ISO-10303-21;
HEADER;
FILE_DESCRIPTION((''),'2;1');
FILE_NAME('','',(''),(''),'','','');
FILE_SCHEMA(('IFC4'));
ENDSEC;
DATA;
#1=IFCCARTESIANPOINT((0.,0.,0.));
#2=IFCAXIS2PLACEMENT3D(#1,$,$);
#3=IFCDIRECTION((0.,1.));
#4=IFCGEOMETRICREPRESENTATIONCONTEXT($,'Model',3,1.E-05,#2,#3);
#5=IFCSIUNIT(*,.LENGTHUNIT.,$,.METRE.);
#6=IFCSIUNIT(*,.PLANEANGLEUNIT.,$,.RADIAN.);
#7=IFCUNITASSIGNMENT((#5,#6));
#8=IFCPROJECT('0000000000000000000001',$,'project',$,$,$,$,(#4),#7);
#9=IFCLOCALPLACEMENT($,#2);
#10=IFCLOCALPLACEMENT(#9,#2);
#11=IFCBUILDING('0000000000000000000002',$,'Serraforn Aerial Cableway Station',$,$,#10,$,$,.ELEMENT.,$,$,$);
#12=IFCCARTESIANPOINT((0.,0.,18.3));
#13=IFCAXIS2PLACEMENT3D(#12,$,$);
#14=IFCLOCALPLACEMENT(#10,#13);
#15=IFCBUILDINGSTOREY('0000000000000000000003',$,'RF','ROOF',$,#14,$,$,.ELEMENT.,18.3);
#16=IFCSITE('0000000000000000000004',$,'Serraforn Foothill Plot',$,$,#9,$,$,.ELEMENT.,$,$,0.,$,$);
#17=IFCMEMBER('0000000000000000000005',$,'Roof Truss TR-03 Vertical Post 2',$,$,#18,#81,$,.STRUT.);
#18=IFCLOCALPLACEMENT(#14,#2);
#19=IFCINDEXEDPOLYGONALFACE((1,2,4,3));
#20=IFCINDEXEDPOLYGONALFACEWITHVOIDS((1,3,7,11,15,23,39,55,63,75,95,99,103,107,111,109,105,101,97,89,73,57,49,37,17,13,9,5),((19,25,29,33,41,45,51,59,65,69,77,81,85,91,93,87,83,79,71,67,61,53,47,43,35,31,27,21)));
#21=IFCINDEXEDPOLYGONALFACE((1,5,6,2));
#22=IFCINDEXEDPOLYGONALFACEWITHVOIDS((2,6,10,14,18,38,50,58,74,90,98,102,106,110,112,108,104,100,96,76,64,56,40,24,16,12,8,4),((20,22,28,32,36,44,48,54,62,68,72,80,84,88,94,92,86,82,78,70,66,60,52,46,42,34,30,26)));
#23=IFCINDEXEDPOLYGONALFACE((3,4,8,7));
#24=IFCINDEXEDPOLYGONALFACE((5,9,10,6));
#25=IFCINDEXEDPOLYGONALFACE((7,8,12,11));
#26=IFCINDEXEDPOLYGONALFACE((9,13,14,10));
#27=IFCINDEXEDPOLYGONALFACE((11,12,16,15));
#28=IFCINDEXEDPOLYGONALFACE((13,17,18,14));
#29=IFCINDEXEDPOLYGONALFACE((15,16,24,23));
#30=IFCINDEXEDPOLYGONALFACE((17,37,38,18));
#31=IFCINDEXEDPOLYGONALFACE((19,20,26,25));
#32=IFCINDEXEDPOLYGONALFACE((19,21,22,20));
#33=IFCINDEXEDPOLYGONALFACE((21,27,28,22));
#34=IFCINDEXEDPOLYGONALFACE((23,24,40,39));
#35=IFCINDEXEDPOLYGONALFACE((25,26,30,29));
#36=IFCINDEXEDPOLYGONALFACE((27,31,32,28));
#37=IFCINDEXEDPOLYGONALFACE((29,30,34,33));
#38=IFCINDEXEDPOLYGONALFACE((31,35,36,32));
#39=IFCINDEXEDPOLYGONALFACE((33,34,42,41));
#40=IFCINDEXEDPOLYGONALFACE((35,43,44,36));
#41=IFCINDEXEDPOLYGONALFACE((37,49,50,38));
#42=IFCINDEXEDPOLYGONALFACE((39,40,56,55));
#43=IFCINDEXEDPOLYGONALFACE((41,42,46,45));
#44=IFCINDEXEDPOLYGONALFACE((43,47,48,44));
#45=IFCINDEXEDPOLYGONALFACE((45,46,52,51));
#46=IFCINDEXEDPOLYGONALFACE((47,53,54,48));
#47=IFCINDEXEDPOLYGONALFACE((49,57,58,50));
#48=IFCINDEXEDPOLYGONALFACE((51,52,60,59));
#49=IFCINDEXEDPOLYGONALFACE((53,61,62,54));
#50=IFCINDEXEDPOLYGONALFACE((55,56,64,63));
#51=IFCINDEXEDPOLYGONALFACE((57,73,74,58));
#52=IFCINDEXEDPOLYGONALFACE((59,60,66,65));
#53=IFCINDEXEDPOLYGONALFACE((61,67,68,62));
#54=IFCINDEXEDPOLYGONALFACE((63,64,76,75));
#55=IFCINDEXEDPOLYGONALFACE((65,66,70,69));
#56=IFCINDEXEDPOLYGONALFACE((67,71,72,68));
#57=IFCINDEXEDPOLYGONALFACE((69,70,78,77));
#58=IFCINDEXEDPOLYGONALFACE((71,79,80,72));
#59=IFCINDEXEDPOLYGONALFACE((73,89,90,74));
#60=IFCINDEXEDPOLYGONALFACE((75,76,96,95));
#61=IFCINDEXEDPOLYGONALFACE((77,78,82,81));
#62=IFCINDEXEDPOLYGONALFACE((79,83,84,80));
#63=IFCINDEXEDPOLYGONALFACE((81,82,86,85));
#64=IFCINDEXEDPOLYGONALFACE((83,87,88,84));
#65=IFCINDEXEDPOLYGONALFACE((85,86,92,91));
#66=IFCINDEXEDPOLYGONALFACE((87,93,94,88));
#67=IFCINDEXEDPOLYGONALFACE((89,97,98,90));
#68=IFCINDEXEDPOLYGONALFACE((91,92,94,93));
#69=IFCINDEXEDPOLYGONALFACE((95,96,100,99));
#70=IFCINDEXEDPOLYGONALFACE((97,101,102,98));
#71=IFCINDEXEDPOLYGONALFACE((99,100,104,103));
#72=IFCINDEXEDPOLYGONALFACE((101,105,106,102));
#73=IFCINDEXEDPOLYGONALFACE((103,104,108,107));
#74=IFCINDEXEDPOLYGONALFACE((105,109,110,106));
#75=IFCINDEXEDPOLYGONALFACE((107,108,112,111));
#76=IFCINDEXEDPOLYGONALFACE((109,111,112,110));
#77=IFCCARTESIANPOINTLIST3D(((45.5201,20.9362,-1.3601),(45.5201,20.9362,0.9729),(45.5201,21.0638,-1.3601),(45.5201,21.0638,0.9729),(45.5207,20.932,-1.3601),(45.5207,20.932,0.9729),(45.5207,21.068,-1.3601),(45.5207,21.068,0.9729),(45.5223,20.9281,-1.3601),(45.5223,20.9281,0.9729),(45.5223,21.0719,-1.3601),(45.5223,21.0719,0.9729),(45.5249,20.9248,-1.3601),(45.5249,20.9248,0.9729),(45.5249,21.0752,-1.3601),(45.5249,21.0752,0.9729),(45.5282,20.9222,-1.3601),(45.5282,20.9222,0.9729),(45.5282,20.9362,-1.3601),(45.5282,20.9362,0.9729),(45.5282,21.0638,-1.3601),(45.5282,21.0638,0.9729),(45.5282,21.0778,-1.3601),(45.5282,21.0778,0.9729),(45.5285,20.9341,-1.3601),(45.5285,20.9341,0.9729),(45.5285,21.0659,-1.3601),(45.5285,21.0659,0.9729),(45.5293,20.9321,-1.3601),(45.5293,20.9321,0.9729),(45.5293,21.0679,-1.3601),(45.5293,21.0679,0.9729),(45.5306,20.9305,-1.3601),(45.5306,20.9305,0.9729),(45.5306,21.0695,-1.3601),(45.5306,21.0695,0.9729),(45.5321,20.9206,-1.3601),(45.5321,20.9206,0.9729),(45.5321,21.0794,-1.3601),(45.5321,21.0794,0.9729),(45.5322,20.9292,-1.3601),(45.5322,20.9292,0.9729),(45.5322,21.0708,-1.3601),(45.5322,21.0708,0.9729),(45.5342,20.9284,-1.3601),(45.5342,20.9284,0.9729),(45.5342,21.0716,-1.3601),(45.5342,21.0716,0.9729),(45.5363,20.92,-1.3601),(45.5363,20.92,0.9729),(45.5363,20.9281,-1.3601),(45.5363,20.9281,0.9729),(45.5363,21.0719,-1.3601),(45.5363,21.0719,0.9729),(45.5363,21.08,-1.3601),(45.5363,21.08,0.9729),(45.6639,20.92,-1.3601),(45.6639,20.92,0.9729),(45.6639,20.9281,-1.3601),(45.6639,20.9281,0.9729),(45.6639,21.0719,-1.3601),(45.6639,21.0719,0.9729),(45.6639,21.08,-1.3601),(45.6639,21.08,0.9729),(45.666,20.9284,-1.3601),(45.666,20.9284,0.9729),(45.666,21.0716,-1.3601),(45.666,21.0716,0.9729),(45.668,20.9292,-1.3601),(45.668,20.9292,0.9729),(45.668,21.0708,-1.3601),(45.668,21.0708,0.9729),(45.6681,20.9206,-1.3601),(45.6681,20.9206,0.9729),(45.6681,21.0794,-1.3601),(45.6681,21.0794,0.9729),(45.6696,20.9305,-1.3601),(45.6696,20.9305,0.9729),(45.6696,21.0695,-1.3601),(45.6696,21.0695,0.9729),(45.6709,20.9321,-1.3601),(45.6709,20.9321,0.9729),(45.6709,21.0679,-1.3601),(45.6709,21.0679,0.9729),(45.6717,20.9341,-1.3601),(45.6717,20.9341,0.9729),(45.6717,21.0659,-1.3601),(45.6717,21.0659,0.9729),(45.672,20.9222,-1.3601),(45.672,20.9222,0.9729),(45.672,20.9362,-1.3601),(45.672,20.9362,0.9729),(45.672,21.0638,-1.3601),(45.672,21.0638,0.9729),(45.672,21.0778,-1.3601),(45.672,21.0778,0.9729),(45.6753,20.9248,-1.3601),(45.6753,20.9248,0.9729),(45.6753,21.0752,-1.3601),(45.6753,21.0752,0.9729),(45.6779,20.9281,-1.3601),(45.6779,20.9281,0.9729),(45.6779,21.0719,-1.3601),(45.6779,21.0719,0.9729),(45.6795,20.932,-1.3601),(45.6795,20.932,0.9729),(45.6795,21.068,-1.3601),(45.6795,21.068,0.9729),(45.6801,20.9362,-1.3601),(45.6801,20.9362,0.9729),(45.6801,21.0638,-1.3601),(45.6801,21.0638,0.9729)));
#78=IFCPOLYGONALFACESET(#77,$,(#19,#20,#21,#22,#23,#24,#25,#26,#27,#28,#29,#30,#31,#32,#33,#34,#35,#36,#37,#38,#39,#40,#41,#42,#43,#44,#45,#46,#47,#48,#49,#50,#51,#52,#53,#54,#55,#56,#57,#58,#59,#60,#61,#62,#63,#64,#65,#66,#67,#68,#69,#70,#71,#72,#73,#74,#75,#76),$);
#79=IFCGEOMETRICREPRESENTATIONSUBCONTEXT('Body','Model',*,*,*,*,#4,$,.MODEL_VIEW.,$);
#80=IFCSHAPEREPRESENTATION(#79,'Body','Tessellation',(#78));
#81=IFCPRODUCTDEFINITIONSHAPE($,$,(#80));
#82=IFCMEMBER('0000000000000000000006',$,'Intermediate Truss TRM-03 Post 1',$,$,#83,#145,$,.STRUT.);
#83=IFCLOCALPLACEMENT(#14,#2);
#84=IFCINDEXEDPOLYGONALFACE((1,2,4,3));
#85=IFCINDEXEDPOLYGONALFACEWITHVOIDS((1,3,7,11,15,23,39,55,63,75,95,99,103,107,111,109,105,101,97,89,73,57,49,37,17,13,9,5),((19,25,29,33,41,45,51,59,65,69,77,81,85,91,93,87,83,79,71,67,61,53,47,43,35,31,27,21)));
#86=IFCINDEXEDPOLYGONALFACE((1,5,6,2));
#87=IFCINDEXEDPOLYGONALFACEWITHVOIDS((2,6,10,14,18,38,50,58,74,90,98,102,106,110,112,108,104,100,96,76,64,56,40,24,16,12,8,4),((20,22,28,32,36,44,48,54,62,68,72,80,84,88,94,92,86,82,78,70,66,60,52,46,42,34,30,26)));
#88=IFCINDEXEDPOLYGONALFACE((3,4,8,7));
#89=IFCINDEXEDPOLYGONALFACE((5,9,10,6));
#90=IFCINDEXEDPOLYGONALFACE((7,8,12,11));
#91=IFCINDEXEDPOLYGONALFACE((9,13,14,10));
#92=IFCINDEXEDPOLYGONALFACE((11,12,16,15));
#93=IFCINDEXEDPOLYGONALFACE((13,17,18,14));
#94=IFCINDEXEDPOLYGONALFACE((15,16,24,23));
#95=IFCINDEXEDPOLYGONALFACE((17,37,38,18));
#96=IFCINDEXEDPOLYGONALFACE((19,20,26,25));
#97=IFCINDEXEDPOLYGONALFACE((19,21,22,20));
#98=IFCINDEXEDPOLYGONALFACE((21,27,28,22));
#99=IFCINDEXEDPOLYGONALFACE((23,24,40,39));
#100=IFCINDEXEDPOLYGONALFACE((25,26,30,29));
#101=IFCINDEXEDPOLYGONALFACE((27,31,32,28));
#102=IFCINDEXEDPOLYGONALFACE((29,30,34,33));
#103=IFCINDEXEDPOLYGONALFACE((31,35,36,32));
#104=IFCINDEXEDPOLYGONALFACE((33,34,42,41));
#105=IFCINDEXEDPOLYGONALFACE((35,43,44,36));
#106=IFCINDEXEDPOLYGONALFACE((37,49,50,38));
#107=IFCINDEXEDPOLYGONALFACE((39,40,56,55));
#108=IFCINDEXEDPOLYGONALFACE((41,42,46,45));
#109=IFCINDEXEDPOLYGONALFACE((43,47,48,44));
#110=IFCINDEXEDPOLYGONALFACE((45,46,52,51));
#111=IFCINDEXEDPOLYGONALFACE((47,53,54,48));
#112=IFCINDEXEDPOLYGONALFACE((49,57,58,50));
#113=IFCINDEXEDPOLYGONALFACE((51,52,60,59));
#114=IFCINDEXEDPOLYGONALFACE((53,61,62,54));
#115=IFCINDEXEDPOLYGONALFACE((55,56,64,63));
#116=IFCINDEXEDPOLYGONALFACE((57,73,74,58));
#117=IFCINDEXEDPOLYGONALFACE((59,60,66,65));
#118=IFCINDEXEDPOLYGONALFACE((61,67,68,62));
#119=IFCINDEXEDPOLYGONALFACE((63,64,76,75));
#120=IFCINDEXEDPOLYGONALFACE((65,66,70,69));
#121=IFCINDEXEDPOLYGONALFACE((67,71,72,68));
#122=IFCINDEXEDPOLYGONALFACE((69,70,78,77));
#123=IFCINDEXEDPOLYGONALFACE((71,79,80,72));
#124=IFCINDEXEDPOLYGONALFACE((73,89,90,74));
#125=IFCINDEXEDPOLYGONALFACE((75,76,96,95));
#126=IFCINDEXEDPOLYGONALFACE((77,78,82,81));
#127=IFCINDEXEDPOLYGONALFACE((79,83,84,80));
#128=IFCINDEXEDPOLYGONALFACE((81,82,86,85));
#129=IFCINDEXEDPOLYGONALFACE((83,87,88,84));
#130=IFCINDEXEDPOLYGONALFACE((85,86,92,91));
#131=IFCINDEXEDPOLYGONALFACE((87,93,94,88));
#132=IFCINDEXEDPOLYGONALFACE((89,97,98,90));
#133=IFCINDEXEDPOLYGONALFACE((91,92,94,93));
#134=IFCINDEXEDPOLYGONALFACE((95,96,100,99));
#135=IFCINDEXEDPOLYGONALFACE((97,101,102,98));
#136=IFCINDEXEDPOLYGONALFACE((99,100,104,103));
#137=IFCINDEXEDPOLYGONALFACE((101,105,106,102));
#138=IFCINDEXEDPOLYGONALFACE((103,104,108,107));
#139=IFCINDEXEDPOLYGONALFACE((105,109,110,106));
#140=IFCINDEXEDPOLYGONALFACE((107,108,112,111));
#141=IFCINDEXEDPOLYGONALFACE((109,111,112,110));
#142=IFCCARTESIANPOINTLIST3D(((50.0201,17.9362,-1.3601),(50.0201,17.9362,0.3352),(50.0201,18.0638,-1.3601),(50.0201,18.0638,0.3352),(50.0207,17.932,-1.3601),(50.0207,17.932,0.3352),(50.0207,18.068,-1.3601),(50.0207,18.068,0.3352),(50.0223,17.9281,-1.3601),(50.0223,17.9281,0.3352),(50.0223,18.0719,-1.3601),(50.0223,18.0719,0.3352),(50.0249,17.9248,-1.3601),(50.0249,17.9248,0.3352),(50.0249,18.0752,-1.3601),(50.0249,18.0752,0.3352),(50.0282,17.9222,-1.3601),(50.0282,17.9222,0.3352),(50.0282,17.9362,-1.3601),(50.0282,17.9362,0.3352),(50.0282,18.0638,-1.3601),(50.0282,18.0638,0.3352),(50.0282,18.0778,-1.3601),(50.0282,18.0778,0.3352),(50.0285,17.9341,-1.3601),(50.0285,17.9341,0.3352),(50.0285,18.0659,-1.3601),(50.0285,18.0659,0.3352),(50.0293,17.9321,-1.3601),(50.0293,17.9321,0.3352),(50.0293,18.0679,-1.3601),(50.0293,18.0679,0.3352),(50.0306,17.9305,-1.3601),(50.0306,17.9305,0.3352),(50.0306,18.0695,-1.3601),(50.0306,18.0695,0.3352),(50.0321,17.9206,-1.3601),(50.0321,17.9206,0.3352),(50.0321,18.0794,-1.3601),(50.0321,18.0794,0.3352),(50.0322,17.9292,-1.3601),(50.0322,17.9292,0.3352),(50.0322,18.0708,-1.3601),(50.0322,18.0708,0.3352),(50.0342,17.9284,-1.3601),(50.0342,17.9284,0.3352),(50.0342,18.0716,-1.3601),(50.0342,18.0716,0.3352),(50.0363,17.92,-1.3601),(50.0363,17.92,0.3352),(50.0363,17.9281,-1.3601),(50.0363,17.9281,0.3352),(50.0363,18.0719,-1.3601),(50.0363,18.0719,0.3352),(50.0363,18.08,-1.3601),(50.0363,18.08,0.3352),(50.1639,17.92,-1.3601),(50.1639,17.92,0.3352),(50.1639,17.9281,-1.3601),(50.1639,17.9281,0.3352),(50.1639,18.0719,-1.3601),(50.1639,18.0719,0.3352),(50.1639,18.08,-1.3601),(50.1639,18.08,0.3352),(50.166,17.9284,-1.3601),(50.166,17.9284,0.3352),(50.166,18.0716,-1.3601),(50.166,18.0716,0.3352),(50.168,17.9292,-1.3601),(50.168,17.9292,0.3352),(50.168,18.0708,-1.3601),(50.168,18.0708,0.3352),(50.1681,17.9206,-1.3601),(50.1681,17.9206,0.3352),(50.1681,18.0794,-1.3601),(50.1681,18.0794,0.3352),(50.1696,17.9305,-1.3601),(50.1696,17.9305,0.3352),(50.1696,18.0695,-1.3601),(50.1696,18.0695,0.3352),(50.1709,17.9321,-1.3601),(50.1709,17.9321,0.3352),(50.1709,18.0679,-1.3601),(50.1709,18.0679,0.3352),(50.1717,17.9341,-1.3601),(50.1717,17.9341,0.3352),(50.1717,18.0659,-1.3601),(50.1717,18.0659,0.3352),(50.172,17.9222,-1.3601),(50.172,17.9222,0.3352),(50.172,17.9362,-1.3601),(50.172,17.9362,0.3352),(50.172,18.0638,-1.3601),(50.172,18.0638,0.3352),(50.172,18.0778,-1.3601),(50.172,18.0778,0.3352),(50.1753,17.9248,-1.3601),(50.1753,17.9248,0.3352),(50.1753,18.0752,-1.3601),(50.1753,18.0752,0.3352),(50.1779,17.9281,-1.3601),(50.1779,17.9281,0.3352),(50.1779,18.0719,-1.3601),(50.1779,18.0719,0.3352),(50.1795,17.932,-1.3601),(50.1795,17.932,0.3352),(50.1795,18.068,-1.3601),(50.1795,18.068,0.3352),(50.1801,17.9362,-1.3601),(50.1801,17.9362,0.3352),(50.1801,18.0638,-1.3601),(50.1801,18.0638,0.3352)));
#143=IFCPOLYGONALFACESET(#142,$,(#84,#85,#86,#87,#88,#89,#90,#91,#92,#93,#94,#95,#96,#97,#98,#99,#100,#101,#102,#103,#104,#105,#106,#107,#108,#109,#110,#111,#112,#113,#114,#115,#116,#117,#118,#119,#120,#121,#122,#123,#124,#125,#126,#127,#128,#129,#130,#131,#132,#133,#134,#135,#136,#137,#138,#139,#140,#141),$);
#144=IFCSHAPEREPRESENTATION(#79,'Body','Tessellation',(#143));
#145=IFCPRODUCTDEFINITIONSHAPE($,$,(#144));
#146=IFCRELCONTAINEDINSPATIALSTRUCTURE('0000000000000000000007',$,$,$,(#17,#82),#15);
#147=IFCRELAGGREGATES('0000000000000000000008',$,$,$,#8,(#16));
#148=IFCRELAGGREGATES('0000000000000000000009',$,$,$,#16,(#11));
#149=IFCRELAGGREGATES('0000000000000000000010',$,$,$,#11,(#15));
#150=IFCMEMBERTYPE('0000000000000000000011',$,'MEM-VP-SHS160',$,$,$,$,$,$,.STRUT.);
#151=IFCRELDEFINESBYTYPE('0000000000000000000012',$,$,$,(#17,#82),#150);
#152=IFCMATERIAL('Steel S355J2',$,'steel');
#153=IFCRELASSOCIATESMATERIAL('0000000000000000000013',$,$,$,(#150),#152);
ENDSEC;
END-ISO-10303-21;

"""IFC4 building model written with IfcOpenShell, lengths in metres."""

from ifc_helpers import new_model, si_unit, direction, frame, origin, origin_2d, place, context, subcontext, project, spatial, hollow_rectangle, extrude, material, material_profile, profile_set, type_object, element, save


model = new_model("IFC4")

# Units and contexts
model_context = context("Model", 3, precision=1e-05, world=origin(), true_north=direction((0.0, 1.0)))
body_context = subcontext(model_context, "Body", "Model", "MODEL_VIEW")
ifc_project = project(units=[si_unit("LENGTHUNIT", "METRE"), si_unit("PLANEANGLEUNIT", "RADIAN")], contexts=[model_context])

# Site, building, storey
site_placement = place(None, origin())
site = spatial("IfcSite", under=ifc_project, at=site_placement, Name="Serraforn Foothill Plot", CompositionType="ELEMENT", RefElevation=0.0)
building_placement = place(site_placement, origin())
building = spatial("IfcBuilding", under=site, at=building_placement, Name="Serraforn Aerial Cableway Station", CompositionType="ELEMENT")
storey_placement = place(building_placement, frame((0.0, 0.0, 18.3)))
storey = spatial("IfcBuildingStorey", under=building, at=storey_placement, Name="RF", Description="ROOF", CompositionType="ELEMENT", Elevation=18.3)

# Shared definitions
ifc_material_1 = material(Name="Steel S355J2", Category="steel")

# Members
ifc_material_profile_1 = material_profile(ifc_material_1, hollow_rectangle(XDim=0.1599, YDim=0.1599, WallThickness=0.0081, InnerFilletRadius=0.0081, OuterFilletRadius=0.0161, at=origin_2d()), Name="SHS 160x160x8.0")
ifc_profile_set_1 = profile_set([ifc_material_profile_1], Name="Steel S355J2")
member_type_1 = type_object("IfcMemberType", Name="MEM-VP-SHS160", PredefinedType="STRUT", material=ifc_profile_set_1)
member_1_placement = place(storey_placement, frame((45.6001, 21.0, -1.3601), z_axis=(0.0, 0.0, 1.0), x_axis=(1.0, 0.0, 0.0)))
element("IfcMember", 1, at=member_1_placement, inside=storey, type_object=member_type_1, Name="Roof Truss TR-03 Vertical Post 2", PredefinedType="STRUT", context=body_context, shape_type="SweptSolid", body=[
    extrude(hollow_rectangle(XDim=0.1599, YDim=0.1599, WallThickness=0.0081, InnerFilletRadius=0.0081, OuterFilletRadius=0.0161, at=origin_2d()), origin(), (0.0, 0.0, 1.0), 2.333),
])
member_2_placement = place(storey_placement, frame((50.1001, 18.0, -1.3601), z_axis=(0.0, 0.0, 1.0), x_axis=(1.0, 0.0, 0.0)))
element("IfcMember", 2, at=member_2_placement, inside=storey, type_object=member_type_1, Name="Intermediate Truss TRM-03 Post 1", PredefinedType="STRUT", context=body_context, shape_type="SweptSolid", body=[
    extrude(hollow_rectangle(XDim=0.1599, YDim=0.1599, WallThickness=0.0081, InnerFilletRadius=0.0081, OuterFilletRadius=0.0161, at=origin_2d()), origin(), (0.0, 0.0, 1.0), 1.6953),
])

save(model, "model.ifc")
